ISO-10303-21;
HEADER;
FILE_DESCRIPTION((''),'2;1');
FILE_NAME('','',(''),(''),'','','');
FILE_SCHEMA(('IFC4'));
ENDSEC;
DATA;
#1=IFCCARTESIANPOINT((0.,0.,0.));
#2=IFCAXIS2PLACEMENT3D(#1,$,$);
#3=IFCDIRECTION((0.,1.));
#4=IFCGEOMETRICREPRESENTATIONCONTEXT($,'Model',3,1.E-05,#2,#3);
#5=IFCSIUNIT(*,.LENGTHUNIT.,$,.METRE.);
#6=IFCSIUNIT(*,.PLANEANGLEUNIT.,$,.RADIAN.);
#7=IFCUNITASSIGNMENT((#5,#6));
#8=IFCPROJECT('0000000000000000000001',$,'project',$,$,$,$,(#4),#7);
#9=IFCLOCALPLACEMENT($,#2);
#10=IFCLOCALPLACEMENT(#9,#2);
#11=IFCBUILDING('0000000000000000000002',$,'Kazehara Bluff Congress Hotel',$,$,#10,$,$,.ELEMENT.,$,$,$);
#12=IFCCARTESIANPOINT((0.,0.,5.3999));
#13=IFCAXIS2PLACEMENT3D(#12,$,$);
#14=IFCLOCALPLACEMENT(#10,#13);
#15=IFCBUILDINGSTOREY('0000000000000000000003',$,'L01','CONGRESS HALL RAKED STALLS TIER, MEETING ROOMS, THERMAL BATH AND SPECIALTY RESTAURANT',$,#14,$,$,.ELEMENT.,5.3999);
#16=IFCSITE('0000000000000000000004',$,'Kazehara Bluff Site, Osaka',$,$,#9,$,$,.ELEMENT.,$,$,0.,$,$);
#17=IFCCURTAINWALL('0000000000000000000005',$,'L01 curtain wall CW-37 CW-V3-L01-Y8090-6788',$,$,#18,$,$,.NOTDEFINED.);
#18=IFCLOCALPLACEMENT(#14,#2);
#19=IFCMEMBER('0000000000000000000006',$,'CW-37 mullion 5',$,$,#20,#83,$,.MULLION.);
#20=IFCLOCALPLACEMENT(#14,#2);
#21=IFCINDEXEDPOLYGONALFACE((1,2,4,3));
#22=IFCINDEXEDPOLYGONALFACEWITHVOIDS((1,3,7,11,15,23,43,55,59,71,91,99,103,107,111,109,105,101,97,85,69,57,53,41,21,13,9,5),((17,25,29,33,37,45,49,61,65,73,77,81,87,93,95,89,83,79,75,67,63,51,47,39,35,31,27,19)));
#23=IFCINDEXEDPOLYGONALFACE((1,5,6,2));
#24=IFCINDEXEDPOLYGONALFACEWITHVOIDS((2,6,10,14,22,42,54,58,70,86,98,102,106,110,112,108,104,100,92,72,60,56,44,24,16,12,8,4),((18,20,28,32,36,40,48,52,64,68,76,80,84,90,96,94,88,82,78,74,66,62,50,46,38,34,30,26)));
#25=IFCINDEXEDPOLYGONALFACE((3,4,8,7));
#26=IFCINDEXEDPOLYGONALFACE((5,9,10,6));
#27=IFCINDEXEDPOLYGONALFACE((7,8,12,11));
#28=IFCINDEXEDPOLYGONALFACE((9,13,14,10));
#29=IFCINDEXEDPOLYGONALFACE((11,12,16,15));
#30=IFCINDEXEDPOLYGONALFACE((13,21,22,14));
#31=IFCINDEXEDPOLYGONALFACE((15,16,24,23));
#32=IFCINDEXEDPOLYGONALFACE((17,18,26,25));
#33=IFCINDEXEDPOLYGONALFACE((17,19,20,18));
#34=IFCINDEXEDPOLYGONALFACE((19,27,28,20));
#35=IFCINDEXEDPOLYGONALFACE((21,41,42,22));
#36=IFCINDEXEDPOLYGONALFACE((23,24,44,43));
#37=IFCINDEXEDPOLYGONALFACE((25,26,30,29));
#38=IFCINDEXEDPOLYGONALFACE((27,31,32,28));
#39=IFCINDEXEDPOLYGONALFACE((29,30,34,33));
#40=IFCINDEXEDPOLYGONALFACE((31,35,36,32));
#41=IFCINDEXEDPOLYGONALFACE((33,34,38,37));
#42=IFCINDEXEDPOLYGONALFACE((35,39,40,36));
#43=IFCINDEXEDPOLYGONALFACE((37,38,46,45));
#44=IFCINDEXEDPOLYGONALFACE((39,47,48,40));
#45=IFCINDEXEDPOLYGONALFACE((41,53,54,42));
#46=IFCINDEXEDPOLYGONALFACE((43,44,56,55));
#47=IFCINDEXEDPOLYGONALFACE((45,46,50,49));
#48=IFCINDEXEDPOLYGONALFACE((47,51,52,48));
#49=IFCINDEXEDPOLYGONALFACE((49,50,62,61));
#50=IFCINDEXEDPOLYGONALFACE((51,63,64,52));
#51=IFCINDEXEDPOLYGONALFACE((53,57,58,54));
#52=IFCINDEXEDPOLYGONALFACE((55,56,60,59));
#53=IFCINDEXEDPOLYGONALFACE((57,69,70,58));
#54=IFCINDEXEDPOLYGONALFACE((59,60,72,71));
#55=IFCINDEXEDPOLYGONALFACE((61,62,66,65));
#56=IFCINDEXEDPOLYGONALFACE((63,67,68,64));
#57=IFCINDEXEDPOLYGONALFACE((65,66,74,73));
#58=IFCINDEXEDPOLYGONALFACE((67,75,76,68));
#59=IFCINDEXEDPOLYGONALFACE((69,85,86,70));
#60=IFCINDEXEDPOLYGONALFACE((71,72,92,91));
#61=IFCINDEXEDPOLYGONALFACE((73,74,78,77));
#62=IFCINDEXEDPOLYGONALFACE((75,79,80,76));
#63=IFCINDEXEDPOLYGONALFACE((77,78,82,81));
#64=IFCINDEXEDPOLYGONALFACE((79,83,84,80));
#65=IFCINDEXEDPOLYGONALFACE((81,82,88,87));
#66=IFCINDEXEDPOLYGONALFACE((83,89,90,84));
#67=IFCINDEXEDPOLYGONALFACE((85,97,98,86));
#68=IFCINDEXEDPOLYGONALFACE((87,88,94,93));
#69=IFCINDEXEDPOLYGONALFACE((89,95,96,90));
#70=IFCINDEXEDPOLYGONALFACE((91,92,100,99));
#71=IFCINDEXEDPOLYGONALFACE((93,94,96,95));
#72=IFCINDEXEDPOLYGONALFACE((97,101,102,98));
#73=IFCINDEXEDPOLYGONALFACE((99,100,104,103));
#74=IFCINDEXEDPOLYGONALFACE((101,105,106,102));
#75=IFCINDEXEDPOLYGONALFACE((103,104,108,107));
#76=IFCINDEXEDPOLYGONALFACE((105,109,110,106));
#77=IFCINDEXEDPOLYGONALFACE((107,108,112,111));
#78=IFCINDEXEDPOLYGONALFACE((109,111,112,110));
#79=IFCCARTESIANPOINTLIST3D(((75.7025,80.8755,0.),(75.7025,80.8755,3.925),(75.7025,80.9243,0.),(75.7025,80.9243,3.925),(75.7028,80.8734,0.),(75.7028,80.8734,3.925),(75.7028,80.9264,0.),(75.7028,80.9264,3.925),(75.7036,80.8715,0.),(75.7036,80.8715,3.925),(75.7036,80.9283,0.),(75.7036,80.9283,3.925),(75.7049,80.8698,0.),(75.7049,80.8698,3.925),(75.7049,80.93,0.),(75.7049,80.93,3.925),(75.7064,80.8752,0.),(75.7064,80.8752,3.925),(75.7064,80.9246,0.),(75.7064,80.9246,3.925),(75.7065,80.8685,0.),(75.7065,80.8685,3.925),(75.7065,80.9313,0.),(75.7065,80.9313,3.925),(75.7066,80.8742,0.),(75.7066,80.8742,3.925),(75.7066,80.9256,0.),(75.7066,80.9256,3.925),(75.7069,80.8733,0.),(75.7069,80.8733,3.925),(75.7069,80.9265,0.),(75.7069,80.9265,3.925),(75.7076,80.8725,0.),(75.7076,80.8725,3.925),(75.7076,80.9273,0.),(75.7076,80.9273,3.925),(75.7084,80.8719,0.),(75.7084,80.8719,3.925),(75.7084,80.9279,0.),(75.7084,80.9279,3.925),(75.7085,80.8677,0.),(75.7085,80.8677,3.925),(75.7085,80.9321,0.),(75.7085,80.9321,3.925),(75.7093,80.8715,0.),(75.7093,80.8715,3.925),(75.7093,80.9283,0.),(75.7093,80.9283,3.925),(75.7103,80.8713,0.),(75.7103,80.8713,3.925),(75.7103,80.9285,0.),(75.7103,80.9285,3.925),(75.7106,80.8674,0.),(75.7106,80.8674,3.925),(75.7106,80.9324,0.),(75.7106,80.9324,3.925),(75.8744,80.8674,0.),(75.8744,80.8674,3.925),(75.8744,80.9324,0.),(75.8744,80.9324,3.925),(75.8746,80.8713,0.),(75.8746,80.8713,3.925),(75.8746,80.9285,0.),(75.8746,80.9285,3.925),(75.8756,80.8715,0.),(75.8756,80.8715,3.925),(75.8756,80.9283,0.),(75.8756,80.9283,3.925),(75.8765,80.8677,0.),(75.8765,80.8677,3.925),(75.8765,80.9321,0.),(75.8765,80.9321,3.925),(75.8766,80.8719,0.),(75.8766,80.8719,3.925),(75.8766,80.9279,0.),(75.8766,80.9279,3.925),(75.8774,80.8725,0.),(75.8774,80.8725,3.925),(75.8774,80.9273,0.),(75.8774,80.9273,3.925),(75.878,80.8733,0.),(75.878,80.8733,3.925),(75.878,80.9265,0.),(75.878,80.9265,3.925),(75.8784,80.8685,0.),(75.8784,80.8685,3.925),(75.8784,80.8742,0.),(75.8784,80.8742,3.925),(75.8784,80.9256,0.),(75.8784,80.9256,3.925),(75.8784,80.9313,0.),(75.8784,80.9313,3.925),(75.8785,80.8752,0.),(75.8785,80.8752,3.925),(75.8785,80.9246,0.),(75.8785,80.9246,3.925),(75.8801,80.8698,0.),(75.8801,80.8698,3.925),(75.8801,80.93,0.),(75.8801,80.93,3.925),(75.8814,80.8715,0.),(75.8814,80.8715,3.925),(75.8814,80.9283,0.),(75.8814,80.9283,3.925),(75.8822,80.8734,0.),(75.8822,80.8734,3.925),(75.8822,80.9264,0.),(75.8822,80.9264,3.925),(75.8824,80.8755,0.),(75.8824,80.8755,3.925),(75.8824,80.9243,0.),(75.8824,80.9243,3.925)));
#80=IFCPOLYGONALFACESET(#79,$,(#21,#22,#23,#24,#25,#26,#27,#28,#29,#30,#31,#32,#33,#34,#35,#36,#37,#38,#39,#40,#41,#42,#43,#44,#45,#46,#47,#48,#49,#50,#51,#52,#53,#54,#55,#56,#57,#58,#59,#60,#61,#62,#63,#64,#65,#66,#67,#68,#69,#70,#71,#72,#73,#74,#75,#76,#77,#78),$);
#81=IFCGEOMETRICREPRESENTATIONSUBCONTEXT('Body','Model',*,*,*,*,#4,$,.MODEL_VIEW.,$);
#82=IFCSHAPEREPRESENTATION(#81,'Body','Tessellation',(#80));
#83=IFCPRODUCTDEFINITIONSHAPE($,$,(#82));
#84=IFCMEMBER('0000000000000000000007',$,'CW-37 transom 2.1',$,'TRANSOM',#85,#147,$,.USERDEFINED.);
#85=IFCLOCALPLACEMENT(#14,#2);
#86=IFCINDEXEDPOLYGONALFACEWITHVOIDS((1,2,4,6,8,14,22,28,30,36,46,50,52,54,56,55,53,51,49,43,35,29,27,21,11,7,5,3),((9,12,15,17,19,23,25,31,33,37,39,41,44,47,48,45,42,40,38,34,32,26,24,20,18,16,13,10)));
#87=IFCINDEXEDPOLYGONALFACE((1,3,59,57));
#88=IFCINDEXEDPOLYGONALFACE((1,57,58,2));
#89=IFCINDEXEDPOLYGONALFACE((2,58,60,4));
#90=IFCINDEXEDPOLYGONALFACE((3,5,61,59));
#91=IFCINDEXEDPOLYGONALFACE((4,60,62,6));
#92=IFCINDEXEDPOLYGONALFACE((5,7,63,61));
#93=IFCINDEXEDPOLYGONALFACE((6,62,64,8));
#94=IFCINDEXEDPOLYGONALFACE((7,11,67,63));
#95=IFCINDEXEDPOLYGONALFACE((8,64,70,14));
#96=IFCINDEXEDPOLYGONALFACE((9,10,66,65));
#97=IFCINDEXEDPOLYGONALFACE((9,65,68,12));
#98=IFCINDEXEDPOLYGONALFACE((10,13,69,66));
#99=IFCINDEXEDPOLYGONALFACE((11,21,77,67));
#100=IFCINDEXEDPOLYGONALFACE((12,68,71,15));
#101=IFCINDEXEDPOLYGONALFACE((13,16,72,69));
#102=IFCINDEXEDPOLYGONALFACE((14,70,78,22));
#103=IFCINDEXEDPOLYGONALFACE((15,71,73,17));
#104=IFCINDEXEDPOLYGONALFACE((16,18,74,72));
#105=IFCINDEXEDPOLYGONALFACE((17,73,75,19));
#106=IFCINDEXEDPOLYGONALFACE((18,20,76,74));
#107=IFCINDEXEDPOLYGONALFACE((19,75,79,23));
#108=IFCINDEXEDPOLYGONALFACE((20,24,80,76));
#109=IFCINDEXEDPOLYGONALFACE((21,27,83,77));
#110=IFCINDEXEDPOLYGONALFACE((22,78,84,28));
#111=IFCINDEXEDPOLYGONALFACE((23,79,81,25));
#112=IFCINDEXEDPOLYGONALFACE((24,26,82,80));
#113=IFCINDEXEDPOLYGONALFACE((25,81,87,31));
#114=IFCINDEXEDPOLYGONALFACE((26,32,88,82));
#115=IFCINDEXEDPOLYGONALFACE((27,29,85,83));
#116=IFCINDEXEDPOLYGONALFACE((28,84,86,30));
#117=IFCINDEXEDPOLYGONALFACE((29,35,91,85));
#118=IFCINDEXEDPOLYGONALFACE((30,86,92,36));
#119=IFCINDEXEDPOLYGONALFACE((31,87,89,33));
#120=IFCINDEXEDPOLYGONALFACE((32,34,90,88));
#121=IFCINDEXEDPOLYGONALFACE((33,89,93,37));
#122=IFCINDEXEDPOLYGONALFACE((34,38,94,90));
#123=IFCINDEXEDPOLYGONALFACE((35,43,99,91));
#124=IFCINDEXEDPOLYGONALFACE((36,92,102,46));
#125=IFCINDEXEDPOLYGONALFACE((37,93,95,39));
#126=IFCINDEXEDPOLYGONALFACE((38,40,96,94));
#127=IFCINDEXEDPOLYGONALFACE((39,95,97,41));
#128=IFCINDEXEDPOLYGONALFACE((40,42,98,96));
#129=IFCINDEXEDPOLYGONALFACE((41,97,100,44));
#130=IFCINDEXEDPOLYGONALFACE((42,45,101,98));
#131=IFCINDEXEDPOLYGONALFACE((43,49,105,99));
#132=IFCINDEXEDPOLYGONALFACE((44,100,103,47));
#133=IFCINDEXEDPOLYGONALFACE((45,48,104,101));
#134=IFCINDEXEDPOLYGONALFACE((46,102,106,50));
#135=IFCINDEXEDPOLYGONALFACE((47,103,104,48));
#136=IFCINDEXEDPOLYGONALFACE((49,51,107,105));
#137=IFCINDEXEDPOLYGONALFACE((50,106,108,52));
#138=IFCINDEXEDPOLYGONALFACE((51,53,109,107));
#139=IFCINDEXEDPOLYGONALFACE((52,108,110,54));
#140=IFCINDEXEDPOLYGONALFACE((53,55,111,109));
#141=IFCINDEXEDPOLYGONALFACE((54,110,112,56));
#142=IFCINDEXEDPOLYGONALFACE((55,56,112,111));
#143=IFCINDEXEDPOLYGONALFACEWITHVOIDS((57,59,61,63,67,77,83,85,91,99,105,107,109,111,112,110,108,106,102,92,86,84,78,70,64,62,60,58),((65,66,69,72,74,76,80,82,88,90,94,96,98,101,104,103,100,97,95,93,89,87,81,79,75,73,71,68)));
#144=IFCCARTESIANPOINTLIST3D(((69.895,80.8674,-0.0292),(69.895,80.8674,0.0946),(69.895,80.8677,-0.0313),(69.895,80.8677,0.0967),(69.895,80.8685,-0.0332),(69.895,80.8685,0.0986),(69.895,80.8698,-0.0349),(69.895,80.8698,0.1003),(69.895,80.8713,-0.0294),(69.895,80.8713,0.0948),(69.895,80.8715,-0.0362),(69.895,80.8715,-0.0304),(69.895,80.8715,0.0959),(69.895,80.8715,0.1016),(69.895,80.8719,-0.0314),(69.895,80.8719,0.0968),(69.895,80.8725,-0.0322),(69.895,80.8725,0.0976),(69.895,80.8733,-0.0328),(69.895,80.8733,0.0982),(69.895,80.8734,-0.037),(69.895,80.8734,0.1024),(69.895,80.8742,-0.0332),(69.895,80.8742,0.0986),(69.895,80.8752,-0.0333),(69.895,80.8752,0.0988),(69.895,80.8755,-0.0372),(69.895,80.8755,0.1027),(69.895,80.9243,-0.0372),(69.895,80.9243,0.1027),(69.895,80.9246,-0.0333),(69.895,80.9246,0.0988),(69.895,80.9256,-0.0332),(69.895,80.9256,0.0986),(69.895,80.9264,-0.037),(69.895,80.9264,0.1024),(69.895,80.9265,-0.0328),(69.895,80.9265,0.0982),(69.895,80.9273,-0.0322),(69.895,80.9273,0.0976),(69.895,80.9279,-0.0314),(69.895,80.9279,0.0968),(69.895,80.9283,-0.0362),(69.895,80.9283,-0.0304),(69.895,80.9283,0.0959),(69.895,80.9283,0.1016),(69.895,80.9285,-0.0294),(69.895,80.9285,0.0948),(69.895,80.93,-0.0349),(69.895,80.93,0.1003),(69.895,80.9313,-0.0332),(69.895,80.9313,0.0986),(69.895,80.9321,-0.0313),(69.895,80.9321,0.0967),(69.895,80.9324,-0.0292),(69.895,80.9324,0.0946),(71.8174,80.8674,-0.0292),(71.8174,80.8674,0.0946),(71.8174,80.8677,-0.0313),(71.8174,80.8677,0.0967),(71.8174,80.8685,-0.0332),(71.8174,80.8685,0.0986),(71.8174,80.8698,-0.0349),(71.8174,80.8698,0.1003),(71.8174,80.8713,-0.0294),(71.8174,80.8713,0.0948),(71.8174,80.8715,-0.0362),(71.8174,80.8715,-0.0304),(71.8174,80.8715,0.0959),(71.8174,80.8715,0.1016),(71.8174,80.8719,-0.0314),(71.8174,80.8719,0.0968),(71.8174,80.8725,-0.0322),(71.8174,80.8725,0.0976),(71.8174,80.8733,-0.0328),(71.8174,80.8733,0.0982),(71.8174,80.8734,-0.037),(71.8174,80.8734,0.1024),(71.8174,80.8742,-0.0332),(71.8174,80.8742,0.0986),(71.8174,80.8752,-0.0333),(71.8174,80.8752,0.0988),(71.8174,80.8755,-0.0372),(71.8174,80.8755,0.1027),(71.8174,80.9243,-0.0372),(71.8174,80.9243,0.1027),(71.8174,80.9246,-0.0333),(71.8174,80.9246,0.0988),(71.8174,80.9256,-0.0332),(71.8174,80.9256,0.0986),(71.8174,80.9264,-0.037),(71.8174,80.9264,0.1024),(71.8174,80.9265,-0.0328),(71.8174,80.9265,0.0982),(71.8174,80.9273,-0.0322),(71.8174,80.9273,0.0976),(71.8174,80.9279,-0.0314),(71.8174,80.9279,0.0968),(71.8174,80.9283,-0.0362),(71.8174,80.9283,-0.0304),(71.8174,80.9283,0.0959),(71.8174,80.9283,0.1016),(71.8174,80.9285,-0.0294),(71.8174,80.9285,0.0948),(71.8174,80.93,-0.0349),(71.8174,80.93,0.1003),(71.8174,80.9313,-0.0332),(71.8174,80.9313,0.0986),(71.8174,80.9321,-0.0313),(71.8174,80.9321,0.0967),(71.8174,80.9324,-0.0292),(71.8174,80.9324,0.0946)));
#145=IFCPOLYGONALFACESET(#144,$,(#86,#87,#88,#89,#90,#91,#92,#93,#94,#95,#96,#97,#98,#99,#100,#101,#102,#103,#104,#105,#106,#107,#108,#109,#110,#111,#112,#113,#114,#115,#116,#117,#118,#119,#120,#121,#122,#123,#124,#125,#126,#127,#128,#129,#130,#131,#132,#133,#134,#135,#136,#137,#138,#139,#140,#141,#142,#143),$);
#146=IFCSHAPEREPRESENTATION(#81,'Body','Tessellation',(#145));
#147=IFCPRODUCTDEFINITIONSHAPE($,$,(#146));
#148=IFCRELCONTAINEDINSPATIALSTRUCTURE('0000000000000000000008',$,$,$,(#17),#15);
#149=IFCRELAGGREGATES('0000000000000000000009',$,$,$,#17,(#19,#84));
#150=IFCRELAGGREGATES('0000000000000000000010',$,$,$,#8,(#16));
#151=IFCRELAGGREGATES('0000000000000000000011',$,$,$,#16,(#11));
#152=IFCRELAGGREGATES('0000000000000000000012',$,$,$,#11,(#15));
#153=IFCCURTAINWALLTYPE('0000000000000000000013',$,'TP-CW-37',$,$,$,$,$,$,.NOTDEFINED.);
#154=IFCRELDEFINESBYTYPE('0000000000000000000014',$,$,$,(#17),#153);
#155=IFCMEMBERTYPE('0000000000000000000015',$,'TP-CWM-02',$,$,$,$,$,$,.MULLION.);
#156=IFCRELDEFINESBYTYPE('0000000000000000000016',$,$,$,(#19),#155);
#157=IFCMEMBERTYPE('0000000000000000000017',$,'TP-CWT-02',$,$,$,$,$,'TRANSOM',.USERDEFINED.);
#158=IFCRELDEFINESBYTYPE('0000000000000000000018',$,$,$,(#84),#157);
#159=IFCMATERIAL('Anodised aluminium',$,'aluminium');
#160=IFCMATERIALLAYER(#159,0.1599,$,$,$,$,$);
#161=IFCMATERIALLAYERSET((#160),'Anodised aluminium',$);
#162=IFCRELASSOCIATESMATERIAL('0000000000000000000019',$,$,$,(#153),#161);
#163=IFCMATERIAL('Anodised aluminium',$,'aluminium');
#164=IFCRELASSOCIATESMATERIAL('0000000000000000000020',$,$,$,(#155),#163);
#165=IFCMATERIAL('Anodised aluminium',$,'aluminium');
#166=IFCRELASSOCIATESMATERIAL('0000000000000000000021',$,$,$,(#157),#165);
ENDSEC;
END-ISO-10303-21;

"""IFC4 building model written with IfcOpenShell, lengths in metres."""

from ifc_helpers import new_model, si_unit, direction, frame, origin, origin_2d, place, context, subcontext, project, spatial, hollow_rectangle, extrude, material, layer, layer_set, material_profile, profile_set, type_object, element, aggregate, save


model = new_model("IFC4")

# Units and contexts
model_context = context("Model", 3, precision=1e-05, world=origin(), true_north=direction((0.0, 1.0)))
body_context = subcontext(model_context, "Body", "Model", "MODEL_VIEW")
ifc_project = project(units=[si_unit("LENGTHUNIT", "METRE"), si_unit("PLANEANGLEUNIT", "RADIAN")], contexts=[model_context])

# Site, building, storey
site_placement = place(None, origin())
site = spatial("IfcSite", under=ifc_project, at=site_placement, Name="Kazehara Bluff Site, Osaka", CompositionType="ELEMENT", RefElevation=0.0)
building_placement = place(site_placement, origin())
building = spatial("IfcBuilding", under=site, at=building_placement, Name="Kazehara Bluff Congress Hotel", CompositionType="ELEMENT")
storey_placement = place(building_placement, frame((0.0, 0.0, 5.3999)))
storey = spatial("IfcBuildingStorey", under=building, at=storey_placement, Name="L01", Description="CONGRESS HALL RAKED STALLS TIER, MEETING ROOMS, THERMAL BATH AND SPECIALTY RESTAURANT", CompositionType="ELEMENT", Elevation=5.3999)

# Curtain wall, members
ifc_material_1 = material(Name="Anodised aluminium", Category="aluminium")
ifc_layer_1 = layer(ifc_material_1, 0.1599)
ifc_layer_set_1 = layer_set([ifc_layer_1], Name="Anodised aluminium")
curtain_wall_type = type_object("IfcCurtainWallType", Name="TP-CW-37", PredefinedType="NOTDEFINED", material=ifc_layer_set_1)
curtain_wall_placement = place(storey_placement, origin())
curtain_wall = element("IfcCurtainWall", 1, at=curtain_wall_placement, inside=storey, type_object=curtain_wall_type, Name="L01 curtain wall CW-37 CW-V3-L01-Y8090-6788", PredefinedType="NOTDEFINED")
ifc_material_2 = material(Name="Anodised aluminium", Category="aluminium")
ifc_material_profile_1 = material_profile(ifc_material_2, hollow_rectangle(XDim=0.0649, YDim=0.1799, WallThickness=0.0039, InnerFilletRadius=0.0039, OuterFilletRadius=0.0081, at=origin_2d()))
ifc_profile_set_1 = profile_set([ifc_material_profile_1], Name="Anodised aluminium")
member_type_1 = type_object("IfcMemberType", Name="TP-CWM-02", PredefinedType="MULLION", material=ifc_profile_set_1)
member_1_placement = place(storey_placement, frame((75.7925, 80.8999, 0.0), z_axis=(0.0, 0.0, 1.0), x_axis=(0.0, 1.0, 0.0)))
member_1 = element("IfcMember", 2, at=member_1_placement, type_object=member_type_1, Name="CW-37 mullion 5", PredefinedType="MULLION", context=body_context, shape_type="SweptSolid", body=[
    extrude(hollow_rectangle(XDim=0.0649, YDim=0.1799, WallThickness=0.0039, InnerFilletRadius=0.0039, OuterFilletRadius=0.0081, at=origin_2d()), origin(), (0.0, 0.0, 1.0), 3.925),
])
ifc_material_3 = material(Name="Anodised aluminium", Category="aluminium")
ifc_material_profile_2 = material_profile(ifc_material_3, hollow_rectangle(XDim=0.0649, YDim=0.1399, WallThickness=0.0039, InnerFilletRadius=0.0039, OuterFilletRadius=0.0081, at=origin_2d()))
ifc_profile_set_2 = profile_set([ifc_material_profile_2], Name="Anodised aluminium")
member_type_2 = type_object("IfcMemberType", Name="TP-CWT-02", ElementType="TRANSOM", PredefinedType="USERDEFINED", material=ifc_profile_set_2)
member_2_placement = place(storey_placement, frame((69.895, 80.8999, 0.0327), z_axis=(1.0, 0.0, 0.0), x_axis=(0.0, 1.0, 0.0)))
member_2 = element("IfcMember", 3, at=member_2_placement, type_object=member_type_2, Name="CW-37 transom 2.1", ObjectType="TRANSOM", PredefinedType="USERDEFINED", context=body_context, shape_type="SweptSolid", body=[
    extrude(hollow_rectangle(XDim=0.0649, YDim=0.1399, WallThickness=0.0039, InnerFilletRadius=0.0039, OuterFilletRadius=0.0081, at=origin_2d()), origin(), (0.0, 0.0, 1.0), 1.9224),
])
aggregate(curtain_wall, [member_1, member_2])

save(model, "model.ifc")
